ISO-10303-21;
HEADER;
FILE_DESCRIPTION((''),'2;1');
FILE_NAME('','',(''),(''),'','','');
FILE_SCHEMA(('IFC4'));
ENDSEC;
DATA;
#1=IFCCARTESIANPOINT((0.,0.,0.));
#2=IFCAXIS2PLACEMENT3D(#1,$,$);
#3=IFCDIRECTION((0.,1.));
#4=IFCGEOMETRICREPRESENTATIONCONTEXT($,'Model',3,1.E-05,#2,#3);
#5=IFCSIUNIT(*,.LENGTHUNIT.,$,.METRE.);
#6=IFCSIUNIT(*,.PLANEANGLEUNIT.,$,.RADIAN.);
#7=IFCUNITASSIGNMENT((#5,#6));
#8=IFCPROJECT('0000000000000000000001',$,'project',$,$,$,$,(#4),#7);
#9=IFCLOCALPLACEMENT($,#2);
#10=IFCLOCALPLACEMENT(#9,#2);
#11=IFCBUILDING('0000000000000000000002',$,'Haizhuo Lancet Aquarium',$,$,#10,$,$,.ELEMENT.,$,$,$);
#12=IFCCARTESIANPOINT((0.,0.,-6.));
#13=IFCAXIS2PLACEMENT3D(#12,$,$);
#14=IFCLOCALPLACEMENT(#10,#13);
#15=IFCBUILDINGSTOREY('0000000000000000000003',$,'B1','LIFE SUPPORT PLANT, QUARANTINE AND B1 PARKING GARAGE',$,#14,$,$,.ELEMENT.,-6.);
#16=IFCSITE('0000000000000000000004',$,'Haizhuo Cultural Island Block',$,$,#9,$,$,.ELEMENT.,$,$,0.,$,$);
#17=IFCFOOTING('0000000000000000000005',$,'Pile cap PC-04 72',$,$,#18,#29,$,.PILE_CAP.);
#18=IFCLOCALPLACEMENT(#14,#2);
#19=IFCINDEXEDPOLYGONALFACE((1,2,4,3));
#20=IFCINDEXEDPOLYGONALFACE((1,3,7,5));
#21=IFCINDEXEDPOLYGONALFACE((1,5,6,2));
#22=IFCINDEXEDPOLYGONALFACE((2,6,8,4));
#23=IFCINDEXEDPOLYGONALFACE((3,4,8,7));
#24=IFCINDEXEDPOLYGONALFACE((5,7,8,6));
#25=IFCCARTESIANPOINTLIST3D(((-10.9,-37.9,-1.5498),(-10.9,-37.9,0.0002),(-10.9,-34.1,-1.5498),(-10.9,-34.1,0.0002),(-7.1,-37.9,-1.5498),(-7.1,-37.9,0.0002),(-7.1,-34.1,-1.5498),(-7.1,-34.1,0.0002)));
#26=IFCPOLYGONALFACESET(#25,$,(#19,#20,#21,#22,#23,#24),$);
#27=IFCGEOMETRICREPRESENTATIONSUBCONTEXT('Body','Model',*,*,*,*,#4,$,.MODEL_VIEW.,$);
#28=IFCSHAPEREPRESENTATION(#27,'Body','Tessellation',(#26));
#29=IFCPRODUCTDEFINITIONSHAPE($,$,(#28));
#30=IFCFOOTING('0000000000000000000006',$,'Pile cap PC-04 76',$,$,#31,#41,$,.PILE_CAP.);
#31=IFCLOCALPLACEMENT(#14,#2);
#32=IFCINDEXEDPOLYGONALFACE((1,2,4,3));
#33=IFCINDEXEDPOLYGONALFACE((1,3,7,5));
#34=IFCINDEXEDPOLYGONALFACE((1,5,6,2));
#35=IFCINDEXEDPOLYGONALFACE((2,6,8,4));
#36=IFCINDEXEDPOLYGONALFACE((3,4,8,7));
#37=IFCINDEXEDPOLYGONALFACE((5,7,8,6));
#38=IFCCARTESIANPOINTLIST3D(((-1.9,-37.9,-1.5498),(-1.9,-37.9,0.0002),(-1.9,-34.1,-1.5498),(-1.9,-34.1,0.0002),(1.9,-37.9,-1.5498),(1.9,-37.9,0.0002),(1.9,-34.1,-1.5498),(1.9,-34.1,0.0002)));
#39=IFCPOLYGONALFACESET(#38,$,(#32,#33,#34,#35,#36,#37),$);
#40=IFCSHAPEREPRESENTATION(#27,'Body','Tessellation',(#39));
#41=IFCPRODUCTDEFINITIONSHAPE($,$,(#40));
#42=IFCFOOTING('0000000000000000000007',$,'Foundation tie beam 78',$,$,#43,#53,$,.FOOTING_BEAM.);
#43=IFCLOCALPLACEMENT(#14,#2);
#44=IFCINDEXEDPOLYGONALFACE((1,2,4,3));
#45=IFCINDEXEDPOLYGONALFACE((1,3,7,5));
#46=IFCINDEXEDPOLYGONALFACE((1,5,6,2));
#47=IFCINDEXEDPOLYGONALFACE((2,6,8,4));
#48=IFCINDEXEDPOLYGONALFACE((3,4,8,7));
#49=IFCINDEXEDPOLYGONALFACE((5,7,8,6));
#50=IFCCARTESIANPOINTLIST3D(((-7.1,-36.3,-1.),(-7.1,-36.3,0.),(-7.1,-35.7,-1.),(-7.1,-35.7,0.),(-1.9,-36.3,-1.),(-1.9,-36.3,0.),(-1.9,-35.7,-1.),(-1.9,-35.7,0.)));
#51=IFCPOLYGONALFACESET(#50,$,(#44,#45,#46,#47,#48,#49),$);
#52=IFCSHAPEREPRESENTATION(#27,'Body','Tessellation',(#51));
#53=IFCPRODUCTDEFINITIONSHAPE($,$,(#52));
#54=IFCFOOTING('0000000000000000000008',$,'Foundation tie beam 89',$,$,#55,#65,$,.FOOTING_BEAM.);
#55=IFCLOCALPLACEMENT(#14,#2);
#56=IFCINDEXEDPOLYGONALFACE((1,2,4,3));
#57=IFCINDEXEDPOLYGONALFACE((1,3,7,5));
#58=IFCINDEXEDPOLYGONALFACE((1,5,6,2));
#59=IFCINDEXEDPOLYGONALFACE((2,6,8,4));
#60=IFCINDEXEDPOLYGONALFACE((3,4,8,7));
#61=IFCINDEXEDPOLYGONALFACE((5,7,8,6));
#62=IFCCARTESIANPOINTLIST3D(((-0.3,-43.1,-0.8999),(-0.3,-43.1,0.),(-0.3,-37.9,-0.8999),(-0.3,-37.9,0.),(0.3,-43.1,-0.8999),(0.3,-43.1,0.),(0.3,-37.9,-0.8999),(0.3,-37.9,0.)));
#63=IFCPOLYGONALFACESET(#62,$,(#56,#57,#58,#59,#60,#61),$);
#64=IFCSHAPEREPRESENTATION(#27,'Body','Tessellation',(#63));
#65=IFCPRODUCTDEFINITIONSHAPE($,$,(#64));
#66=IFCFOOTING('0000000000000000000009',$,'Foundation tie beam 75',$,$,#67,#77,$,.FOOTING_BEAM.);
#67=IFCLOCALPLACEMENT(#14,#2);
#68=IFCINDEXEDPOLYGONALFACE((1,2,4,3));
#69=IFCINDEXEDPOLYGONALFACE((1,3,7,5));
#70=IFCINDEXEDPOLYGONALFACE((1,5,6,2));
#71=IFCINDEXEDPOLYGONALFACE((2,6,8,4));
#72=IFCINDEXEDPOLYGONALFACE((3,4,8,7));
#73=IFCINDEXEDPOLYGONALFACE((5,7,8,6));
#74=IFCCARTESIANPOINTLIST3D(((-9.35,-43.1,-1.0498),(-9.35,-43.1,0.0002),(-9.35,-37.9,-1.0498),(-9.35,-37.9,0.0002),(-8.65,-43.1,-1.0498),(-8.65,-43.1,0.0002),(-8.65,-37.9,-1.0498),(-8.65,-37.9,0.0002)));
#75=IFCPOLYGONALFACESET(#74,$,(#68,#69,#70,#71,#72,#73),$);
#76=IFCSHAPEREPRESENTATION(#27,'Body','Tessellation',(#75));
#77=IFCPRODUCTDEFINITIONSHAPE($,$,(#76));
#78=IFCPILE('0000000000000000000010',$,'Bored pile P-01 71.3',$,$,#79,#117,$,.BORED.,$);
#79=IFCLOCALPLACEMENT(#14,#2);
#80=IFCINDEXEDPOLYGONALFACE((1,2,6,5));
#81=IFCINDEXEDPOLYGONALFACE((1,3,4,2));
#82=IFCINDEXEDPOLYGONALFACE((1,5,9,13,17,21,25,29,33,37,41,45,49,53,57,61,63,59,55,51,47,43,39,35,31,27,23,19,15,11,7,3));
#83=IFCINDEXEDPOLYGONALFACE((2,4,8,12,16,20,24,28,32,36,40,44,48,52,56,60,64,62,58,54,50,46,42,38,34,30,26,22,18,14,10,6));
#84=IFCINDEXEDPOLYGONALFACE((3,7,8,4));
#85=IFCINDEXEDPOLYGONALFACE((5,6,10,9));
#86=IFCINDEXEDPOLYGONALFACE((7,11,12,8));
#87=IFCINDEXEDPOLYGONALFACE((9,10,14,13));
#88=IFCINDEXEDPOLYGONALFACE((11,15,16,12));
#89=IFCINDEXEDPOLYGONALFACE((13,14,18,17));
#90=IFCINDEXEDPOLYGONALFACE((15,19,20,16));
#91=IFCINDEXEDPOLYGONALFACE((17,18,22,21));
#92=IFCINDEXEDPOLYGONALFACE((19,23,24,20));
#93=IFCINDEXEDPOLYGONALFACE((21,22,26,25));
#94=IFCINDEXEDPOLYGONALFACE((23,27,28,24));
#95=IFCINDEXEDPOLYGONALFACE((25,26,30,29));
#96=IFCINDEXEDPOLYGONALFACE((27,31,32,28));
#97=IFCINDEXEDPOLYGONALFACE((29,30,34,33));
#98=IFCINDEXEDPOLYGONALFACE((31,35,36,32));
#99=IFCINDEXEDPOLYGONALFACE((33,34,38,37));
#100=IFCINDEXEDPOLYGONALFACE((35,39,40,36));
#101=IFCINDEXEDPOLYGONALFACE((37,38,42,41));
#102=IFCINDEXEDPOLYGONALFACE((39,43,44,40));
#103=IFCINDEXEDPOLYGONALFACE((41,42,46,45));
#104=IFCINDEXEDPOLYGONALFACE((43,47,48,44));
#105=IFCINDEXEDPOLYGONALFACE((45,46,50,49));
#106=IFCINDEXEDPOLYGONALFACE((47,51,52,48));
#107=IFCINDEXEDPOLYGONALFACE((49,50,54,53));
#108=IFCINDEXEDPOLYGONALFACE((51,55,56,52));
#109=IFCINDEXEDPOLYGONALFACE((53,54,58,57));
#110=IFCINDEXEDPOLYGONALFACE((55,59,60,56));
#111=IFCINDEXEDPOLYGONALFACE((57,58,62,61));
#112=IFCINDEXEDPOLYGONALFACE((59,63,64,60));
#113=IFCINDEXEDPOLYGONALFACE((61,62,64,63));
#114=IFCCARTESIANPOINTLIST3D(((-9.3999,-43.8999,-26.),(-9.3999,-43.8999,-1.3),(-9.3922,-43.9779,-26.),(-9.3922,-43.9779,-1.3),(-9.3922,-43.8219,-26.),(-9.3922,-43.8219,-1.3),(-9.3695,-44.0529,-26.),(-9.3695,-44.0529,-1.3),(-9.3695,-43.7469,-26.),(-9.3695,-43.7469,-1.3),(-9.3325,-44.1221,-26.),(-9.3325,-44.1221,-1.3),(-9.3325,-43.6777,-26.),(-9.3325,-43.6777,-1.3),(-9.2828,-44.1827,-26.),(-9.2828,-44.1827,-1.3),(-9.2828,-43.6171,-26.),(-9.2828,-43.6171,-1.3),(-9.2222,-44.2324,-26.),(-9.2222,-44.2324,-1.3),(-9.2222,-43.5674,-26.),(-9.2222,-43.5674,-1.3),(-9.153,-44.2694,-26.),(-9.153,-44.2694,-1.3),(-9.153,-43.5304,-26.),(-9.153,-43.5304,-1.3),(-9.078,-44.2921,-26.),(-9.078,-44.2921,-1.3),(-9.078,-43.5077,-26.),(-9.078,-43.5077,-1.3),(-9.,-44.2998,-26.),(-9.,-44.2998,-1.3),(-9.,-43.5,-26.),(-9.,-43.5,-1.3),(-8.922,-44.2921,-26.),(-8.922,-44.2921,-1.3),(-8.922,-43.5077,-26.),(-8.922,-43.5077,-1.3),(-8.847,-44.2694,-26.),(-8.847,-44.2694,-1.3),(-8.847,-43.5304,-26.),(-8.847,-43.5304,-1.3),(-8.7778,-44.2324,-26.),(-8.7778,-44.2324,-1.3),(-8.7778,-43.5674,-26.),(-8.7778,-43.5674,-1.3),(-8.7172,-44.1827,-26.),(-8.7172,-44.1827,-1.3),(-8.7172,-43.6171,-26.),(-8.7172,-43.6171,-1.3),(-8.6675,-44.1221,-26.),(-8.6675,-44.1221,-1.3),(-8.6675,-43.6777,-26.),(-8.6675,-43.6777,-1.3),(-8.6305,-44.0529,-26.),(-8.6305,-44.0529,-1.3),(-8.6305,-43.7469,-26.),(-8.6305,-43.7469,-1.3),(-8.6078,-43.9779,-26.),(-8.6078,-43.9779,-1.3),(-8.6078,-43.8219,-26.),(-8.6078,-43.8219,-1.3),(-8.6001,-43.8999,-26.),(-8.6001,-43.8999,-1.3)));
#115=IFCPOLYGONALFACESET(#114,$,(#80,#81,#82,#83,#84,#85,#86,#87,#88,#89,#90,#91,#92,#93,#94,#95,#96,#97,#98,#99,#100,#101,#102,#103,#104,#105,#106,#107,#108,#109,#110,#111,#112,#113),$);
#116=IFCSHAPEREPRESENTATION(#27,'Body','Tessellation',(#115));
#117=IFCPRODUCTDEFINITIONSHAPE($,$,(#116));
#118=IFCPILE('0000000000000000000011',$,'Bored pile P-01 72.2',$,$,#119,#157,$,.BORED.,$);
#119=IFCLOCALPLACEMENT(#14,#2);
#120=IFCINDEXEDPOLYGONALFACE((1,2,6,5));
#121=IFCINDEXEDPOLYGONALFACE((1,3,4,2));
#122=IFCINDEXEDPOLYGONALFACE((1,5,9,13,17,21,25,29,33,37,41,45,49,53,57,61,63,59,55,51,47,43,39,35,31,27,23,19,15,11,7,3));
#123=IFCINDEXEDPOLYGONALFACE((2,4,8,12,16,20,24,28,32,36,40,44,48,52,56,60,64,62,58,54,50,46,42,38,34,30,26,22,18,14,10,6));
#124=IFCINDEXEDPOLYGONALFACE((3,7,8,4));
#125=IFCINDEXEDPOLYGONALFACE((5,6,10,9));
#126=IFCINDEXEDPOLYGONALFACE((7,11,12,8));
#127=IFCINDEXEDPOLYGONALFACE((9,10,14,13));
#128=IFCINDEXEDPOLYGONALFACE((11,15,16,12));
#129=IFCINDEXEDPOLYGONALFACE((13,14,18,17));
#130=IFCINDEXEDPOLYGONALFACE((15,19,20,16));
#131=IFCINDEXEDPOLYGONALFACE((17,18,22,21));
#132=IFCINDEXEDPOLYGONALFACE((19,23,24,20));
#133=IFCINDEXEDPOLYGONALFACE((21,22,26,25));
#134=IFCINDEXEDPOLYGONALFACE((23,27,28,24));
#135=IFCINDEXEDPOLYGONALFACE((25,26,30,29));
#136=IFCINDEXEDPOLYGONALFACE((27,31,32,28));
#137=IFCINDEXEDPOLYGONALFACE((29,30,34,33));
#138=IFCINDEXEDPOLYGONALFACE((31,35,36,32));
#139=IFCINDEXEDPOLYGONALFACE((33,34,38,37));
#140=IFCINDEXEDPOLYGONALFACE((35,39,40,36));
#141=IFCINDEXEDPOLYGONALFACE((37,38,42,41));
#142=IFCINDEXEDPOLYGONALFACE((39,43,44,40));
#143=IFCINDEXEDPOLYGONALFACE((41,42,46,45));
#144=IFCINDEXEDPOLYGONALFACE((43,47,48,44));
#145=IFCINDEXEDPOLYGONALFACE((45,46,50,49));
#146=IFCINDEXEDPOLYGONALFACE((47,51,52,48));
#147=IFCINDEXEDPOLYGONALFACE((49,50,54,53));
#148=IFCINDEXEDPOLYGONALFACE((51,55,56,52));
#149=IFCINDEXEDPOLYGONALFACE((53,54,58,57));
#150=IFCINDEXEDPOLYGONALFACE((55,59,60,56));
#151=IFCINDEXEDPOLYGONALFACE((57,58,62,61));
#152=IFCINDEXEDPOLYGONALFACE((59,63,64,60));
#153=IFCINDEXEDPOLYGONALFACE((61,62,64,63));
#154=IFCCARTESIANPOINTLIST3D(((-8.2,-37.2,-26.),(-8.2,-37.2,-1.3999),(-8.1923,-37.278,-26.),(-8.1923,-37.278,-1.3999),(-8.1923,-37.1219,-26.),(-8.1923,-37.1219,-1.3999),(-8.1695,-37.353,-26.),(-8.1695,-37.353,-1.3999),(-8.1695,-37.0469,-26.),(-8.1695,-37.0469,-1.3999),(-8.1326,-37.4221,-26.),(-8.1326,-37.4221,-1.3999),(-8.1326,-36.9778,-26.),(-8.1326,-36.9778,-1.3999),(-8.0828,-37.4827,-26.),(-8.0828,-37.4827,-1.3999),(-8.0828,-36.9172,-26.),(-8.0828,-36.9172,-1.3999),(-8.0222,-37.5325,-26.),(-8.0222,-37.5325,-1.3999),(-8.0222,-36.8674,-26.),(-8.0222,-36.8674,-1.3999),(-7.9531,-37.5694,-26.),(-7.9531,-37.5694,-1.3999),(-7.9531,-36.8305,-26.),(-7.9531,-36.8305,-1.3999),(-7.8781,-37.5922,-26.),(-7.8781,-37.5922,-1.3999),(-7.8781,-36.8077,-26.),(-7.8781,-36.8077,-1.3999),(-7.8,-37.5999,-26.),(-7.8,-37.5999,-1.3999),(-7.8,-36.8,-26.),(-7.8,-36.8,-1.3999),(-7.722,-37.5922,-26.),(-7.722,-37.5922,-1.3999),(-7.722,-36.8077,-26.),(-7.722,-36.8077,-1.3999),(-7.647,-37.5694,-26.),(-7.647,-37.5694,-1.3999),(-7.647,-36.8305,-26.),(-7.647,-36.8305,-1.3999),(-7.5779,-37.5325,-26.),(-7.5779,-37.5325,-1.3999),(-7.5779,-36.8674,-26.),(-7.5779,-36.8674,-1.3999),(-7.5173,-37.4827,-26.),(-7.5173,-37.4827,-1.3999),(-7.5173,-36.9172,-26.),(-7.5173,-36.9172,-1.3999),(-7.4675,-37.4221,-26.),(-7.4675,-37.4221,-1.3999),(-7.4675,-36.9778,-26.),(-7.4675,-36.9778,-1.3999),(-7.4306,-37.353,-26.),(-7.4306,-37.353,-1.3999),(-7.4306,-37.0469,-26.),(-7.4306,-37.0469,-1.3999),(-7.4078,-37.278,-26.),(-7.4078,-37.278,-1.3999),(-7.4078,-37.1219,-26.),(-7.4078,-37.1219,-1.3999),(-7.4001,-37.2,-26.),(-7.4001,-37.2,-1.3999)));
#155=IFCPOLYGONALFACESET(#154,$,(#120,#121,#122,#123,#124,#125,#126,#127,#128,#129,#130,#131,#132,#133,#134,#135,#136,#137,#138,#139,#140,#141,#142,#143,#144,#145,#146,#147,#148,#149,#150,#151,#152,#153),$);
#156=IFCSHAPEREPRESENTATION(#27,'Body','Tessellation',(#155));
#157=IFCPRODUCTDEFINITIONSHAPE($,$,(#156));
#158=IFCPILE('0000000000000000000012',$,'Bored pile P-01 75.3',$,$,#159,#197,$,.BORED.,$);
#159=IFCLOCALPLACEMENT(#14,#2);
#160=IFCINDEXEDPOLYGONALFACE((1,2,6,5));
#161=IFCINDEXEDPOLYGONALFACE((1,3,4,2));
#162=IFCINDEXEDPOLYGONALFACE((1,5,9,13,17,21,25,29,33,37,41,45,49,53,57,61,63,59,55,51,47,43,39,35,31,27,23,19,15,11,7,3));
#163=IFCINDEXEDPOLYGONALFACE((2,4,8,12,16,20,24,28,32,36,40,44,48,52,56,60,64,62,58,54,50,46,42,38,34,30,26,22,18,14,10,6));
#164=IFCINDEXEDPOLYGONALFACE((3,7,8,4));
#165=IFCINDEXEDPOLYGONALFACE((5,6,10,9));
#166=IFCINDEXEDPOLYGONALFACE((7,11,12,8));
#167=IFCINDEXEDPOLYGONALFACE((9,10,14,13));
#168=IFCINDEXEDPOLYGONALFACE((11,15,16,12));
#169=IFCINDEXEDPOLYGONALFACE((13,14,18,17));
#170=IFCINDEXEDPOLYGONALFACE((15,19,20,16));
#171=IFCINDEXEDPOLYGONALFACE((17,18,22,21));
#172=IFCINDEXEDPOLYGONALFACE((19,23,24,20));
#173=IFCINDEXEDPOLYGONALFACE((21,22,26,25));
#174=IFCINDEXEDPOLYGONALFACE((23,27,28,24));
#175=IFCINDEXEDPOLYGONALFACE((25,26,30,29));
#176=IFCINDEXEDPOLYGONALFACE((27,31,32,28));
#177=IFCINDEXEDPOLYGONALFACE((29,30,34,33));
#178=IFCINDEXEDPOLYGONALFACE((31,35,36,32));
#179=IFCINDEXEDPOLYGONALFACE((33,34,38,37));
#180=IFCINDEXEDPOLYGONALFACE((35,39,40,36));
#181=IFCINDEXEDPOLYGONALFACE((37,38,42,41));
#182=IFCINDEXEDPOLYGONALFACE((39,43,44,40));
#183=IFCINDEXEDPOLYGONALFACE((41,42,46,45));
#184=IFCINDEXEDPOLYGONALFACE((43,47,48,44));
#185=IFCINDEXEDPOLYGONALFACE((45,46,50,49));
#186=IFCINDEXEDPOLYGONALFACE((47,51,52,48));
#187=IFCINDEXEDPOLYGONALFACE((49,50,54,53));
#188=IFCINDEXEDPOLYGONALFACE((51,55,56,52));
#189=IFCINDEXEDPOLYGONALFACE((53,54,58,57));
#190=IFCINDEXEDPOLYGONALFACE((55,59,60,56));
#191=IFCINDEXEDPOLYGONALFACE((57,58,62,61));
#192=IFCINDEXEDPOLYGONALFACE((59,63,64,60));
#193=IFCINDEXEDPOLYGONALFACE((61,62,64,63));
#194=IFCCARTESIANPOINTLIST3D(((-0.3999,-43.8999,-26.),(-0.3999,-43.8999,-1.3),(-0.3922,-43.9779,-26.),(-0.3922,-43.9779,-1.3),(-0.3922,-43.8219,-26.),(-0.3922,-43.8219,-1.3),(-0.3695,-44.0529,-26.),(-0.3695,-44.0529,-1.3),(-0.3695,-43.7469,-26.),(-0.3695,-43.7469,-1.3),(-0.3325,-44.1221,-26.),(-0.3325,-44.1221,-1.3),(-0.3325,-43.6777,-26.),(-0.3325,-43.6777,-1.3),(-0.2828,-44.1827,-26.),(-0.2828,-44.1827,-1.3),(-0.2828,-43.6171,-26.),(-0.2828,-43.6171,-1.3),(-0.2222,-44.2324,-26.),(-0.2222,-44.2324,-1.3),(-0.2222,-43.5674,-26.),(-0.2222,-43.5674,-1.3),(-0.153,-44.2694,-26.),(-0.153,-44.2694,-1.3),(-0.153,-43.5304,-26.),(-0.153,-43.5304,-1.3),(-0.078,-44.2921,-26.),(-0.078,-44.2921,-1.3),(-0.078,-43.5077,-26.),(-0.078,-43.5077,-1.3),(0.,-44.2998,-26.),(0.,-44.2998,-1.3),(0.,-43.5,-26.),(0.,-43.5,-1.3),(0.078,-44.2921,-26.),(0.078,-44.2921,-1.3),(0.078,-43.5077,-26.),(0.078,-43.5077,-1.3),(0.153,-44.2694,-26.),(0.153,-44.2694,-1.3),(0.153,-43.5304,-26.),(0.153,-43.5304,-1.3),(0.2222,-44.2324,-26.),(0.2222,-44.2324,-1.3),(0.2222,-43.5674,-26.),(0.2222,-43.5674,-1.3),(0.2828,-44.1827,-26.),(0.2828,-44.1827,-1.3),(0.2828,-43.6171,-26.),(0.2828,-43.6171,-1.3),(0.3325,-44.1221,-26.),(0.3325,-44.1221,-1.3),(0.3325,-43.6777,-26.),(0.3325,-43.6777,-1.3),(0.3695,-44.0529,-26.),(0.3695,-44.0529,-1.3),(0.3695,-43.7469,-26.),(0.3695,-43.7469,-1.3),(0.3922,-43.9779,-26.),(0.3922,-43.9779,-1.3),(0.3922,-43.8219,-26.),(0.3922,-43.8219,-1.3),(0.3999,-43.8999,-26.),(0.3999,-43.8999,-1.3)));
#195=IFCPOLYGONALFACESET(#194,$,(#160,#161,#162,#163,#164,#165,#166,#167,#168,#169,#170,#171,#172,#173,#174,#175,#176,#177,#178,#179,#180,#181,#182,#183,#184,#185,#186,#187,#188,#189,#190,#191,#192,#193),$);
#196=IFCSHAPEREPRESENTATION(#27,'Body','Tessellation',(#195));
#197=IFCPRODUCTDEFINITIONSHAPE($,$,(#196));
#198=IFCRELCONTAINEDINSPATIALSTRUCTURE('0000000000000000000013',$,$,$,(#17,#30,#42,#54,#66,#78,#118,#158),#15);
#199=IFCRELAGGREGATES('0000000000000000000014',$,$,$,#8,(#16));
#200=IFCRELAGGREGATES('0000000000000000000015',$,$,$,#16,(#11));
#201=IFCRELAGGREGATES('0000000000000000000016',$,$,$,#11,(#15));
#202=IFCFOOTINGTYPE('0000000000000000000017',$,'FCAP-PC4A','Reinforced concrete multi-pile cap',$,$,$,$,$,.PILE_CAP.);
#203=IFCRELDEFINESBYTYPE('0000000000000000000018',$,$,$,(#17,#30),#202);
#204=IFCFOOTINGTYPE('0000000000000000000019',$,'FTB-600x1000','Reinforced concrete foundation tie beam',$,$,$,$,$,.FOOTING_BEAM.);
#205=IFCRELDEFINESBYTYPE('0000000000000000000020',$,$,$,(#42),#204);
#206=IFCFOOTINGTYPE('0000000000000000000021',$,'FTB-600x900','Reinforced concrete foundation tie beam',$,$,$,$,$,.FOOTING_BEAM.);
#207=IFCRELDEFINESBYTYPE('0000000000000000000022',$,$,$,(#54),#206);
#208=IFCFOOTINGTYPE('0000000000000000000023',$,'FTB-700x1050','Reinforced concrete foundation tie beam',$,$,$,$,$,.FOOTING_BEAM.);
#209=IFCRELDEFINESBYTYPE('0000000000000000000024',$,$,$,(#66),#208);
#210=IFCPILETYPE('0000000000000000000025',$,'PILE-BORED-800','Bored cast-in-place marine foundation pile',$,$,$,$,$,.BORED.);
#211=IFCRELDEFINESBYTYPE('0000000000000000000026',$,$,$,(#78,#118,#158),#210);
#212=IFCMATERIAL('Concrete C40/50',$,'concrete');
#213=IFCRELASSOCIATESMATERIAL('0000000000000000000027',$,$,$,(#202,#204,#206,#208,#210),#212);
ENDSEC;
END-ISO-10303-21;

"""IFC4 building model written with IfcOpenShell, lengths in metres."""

from ifc_helpers import new_model, si_unit, direction, frame, origin, origin_2d, place, context, subcontext, project, spatial, rectangle, circle, extrude, material, material_profile, profile_set, type_object, element, save


model = new_model("IFC4")

# Units and contexts
model_context = context("Model", 3, precision=1e-05, world=origin(), true_north=direction((0.0, 1.0)))
body_context = subcontext(model_context, "Body", "Model", "MODEL_VIEW")
ifc_project = project(units=[si_unit("LENGTHUNIT", "METRE"), si_unit("PLANEANGLEUNIT", "RADIAN")], contexts=[model_context])

# Site, building, storey
site_placement = place(None, origin())
site = spatial("IfcSite", under=ifc_project, at=site_placement, Name="Haizhuo Cultural Island Block", CompositionType="ELEMENT", RefElevation=0.0)
building_placement = place(site_placement, origin())
building = spatial("IfcBuilding", under=site, at=building_placement, Name="Haizhuo Lancet Aquarium", CompositionType="ELEMENT")
storey_placement = place(building_placement, frame((0.0, 0.0, -6.0)))
storey = spatial("IfcBuildingStorey", under=building, at=storey_placement, Name="B1", Description="LIFE SUPPORT PLANT, QUARANTINE AND B1 PARKING GARAGE", CompositionType="ELEMENT", Elevation=-6.0)

# Footings
ifc_material_1 = material(Name="Concrete C40/50", Category="concrete")
footing_type_1 = type_object("IfcFootingType", Name="FCAP-PC4A", Description="Reinforced concrete multi-pile cap", PredefinedType="PILE_CAP", material=ifc_material_1)
for number, where, z_axis, x_axis, name in (
    (1, (-9.0, -36.0, -1.5498), (0.0, 0.0, 1.0), (1.0, 0.0, 0.0), "Pile cap PC-04 72"),
    (2, (0.0, -36.0, -1.5498), (0.0, 0.0, 1.0), (1.0, 0.0, 0.0), "Pile cap PC-04 76"),
):
    element("IfcFooting", number, at=place(storey_placement, frame(where, z_axis=z_axis, x_axis=x_axis)), inside=storey, type_object=footing_type_1, Name=name, PredefinedType="PILE_CAP", context=body_context, shape_type="SweptSolid", body=[
        extrude(rectangle(XDim=3.8, YDim=3.8, at=origin_2d()), origin(), (0.0, 0.0, 1.0), 1.55),
    ])
footing_type_2 = type_object("IfcFootingType", Name="FTB-600x1000", Description="Reinforced concrete foundation tie beam", PredefinedType="FOOTING_BEAM", material=ifc_material_1)
footing_1_placement = place(storey_placement, frame((-4.5, -36.0, -1.0), z_axis=(0.0, 0.0, 1.0), x_axis=(1.0, 0.0, 0.0)))
element("IfcFooting", 3, at=footing_1_placement, inside=storey, type_object=footing_type_2, Name="Foundation tie beam 78", PredefinedType="FOOTING_BEAM", context=body_context, shape_type="SweptSolid", body=[
    extrude(rectangle(XDim=5.2, YDim=0.6001, at=origin_2d()), origin(), (0.0, 0.0, 1.0), 1.0),
])
footing_type_3 = type_object("IfcFootingType", Name="FTB-600x900", Description="Reinforced concrete foundation tie beam", PredefinedType="FOOTING_BEAM", material=ifc_material_1)
footing_2_placement = place(storey_placement, frame((0.0, -40.5, -0.8999), z_axis=(0.0, 0.0, 1.0), x_axis=(0.0, 1.0, 0.0)))
element("IfcFooting", 4, at=footing_2_placement, inside=storey, type_object=footing_type_3, Name="Foundation tie beam 89", PredefinedType="FOOTING_BEAM", context=body_context, shape_type="SweptSolid", body=[
    extrude(rectangle(XDim=5.2, YDim=0.6001, at=origin_2d()), origin(), (0.0, 0.0, 1.0), 0.8999),
])
footing_type_4 = type_object("IfcFootingType", Name="FTB-700x1050", Description="Reinforced concrete foundation tie beam", PredefinedType="FOOTING_BEAM", material=ifc_material_1)
footing_3_placement = place(storey_placement, frame((-9.0, -40.5, -1.0498), z_axis=(0.0, 0.0, 1.0), x_axis=(0.0, 1.0, 0.0)))
element("IfcFooting", 5, at=footing_3_placement, inside=storey, type_object=footing_type_4, Name="Foundation tie beam 75", PredefinedType="FOOTING_BEAM", context=body_context, shape_type="SweptSolid", body=[
    extrude(rectangle(XDim=5.2, YDim=0.7, at=origin_2d()), origin(), (0.0, 0.0, 1.0), 1.05),
])

# Piles
ifc_material_profile_1 = material_profile(ifc_material_1, circle(Radius=0.3999, at=origin_2d()), Name="PILE-800")
ifc_profile_set_1 = profile_set([ifc_material_profile_1], Name="Concrete C40/50")
pile_type = type_object("IfcPileType", Name="PILE-BORED-800", Description="Bored cast-in-place marine foundation pile", PredefinedType="BORED", material=ifc_profile_set_1)
pile_1_placement = place(storey_placement, frame((-9.0, -43.8999, -1.3), z_axis=(0.0, 0.0, -1.0), x_axis=(1.0, 0.0, 0.0)))
element("IfcPile", 6, at=pile_1_placement, inside=storey, type_object=pile_type, Name="Bored pile P-01 71.3", PredefinedType="BORED", context=body_context, shape_type="SweptSolid", body=[
    extrude(circle(Radius=0.3999, at=origin_2d()), origin(), (0.0, 0.0, 1.0), 24.7),
])
pile_2_placement = place(storey_placement, frame((-7.8, -37.2, -1.3999), z_axis=(0.0, 0.0, -1.0), x_axis=(1.0, 0.0, 0.0)))
element("IfcPile", 7, at=pile_2_placement, inside=storey, type_object=pile_type, Name="Bored pile P-01 72.2", PredefinedType="BORED", context=body_context, shape_type="SweptSolid", body=[
    extrude(circle(Radius=0.3999, at=origin_2d()), origin(), (0.0, 0.0, 1.0), 24.6001),
])
pile_3_placement = place(storey_placement, frame((0.0, -43.8999, -1.3), z_axis=(0.0, 0.0, -1.0), x_axis=(1.0, 0.0, 0.0)))
element("IfcPile", 8, at=pile_3_placement, inside=storey, type_object=pile_type, Name="Bored pile P-01 75.3", PredefinedType="BORED", context=body_context, shape_type="SweptSolid", body=[
    extrude(circle(Radius=0.3999, at=origin_2d()), origin(), (0.0, 0.0, 1.0), 24.7),
])

save(model, "model.ifc")
